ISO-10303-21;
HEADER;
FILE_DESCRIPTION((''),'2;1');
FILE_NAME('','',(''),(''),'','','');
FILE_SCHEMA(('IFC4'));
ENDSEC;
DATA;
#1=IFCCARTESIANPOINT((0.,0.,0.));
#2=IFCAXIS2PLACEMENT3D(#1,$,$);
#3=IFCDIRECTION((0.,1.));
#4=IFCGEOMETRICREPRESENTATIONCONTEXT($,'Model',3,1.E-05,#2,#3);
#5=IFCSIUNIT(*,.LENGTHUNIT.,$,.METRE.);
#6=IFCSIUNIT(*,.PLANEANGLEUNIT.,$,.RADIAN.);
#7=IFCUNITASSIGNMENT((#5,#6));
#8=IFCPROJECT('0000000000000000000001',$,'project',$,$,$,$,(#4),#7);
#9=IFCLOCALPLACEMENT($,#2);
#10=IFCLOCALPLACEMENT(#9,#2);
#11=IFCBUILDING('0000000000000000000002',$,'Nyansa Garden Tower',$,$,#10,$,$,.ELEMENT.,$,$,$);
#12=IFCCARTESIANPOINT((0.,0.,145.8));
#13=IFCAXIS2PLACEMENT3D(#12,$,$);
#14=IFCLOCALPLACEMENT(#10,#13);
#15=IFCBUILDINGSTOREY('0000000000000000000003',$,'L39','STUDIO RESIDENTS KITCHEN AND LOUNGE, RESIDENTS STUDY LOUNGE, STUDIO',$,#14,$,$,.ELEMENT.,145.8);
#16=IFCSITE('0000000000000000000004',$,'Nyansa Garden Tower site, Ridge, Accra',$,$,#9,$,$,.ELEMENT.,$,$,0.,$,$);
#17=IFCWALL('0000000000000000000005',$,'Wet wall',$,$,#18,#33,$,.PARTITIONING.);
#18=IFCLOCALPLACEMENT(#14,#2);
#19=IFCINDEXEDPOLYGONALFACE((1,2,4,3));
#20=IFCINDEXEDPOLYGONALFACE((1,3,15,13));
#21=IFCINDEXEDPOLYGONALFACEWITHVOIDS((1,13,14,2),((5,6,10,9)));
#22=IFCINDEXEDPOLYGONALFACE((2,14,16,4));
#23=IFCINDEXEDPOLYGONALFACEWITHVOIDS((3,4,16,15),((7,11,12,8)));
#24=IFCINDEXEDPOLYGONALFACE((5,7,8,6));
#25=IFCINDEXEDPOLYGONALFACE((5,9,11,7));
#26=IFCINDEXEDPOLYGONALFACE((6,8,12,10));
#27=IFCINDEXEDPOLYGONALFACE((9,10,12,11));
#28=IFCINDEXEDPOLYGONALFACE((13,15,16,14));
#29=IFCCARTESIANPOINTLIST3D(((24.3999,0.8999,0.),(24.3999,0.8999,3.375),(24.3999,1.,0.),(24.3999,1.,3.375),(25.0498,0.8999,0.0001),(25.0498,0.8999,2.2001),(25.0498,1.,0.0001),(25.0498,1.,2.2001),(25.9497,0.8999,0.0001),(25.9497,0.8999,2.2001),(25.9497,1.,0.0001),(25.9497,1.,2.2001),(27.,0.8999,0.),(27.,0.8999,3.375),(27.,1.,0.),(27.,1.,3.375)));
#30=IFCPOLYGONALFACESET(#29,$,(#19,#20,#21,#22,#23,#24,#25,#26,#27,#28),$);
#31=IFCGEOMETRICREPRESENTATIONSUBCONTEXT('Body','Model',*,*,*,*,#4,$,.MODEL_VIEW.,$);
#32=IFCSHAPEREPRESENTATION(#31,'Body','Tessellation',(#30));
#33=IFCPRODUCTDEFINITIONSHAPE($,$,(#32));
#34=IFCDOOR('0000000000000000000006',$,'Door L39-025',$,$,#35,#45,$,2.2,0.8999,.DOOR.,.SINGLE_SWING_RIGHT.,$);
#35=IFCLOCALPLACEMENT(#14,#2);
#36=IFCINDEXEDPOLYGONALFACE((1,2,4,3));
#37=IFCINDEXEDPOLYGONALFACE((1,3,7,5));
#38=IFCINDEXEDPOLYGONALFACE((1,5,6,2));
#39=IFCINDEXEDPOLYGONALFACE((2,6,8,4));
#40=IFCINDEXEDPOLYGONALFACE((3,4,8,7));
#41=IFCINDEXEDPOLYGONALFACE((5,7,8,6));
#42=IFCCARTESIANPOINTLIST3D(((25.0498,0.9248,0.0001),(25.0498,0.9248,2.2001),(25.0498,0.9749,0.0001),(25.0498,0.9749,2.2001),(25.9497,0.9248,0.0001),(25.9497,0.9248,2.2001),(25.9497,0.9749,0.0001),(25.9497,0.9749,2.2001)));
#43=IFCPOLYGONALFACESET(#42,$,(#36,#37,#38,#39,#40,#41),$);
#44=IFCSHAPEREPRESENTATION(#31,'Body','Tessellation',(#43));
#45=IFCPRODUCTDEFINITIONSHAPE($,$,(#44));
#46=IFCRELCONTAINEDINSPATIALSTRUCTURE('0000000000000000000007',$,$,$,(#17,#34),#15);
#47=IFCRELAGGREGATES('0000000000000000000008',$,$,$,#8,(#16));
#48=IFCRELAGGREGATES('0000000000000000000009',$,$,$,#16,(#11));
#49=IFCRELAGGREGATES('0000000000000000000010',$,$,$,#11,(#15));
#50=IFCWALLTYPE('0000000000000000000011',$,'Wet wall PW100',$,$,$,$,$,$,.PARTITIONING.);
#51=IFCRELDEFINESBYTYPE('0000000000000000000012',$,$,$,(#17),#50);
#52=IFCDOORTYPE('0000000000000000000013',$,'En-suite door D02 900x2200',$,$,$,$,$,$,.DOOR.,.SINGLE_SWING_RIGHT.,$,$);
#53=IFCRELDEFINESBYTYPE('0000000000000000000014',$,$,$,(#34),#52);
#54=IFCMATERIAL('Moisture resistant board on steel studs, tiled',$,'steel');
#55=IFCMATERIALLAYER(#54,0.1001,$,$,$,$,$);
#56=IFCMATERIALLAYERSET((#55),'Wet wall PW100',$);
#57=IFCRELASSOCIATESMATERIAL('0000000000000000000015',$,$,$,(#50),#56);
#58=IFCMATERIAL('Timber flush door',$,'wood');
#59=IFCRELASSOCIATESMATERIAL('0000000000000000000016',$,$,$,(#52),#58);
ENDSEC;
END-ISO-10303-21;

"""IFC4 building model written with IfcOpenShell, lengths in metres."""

from ifc_helpers import new_model, si_unit, direction, frame, frame_2d, origin, place, context, subcontext, project, spatial, rectangle, extrude, material, layer, layer_set, type_object, element, fill, save


model = new_model("IFC4")

# Units and contexts
model_context = context("Model", 3, precision=1e-05, world=origin(), true_north=direction((0.0, 1.0)))
body_context = subcontext(model_context, "Body", "Model", "MODEL_VIEW")
ifc_project = project(units=[si_unit("LENGTHUNIT", "METRE"), si_unit("PLANEANGLEUNIT", "RADIAN")], contexts=[model_context])

# Site, building, storey
site_placement = place(None, origin())
site = spatial("IfcSite", under=ifc_project, at=site_placement, Name="Nyansa Garden Tower site, Ridge, Accra", CompositionType="ELEMENT", RefElevation=0.0)
building_placement = place(site_placement, origin())
building = spatial("IfcBuilding", under=site, at=building_placement, Name="Nyansa Garden Tower", CompositionType="ELEMENT")
storey_placement = place(building_placement, frame((0.0, 0.0, 145.8)))
storey = spatial("IfcBuildingStorey", under=building, at=storey_placement, Name="L39", Description="STUDIO RESIDENTS KITCHEN AND LOUNGE, RESIDENTS STUDY LOUNGE, STUDIO", CompositionType="ELEMENT", Elevation=145.8)

# Shared definitions
ifc_material_1 = material(Name="Moisture resistant board on steel studs, tiled", Category="steel")
ifc_layer_1 = layer(ifc_material_1, 0.1001)
ifc_layer_set_1 = layer_set([ifc_layer_1], Name="Wet wall PW100")
wall_type_1 = type_object("IfcWallType", Name="Wet wall PW100", PredefinedType="PARTITIONING", material=ifc_layer_set_1)

# Wall, opening, door
wall_1_placement = place(storey_placement, frame((24.3999, 0.95, 0.0), z_axis=(0.0, 0.0, 1.0), x_axis=(1.0, 0.0, 0.0)))
wall_1 = element("IfcWall", 1, at=wall_1_placement, inside=storey, type_object=wall_type_1, Name="Wet wall", PredefinedType="PARTITIONING", context=body_context, shape_type="SweptSolid", body=[
    extrude(rectangle(XDim=2.6001, YDim=0.1001, at=frame_2d((1.3, 0.0))), origin(), (0.0, 0.0, 1.0), 3.375),
])
opening_placement = place(wall_1_placement, frame((0.6499, 0.0, 0.0)))
opening = element("IfcOpeningElement", 2, at=opening_placement, cuts=wall_1, PredefinedType="OPENING", context=body_context, shape_type="SweptSolid", body=[
    extrude(rectangle(XDim=0.8999, YDim=2.2, at=frame_2d((0.45, 1.1001))), frame((0.0, 0.0601, 0.0), z_axis=(0.0, -1.0, 0.0), x_axis=(1.0, 0.0, 0.0)), (0.0, 0.0, 1.0), 0.1201),
])
ifc_material_2 = material(Name="Timber flush door", Category="wood")
door_type = type_object("IfcDoorType", Name="En-suite door D02 900x2200", OperationType="SINGLE_SWING_RIGHT", PredefinedType="DOOR", material=ifc_material_2)
door_placement = place(opening_placement, origin())
door = element("IfcDoor", 3, at=door_placement, inside=storey, type_object=door_type, Name="Door L39-025", OperationType="SINGLE_SWING_RIGHT", OverallHeight=2.2, OverallWidth=0.8999, PredefinedType="DOOR", context=body_context, shape_type="SweptSolid", body=[
    extrude(rectangle(XDim=0.8999, YDim=2.2, at=frame_2d((0.45, 1.1001))), frame((0.0, 0.0249, 0.0), z_axis=(0.0, -1.0, 0.0), x_axis=(1.0, 0.0, 0.0)), (0.0, 0.0, 1.0), 0.05),
])
fill(opening, door)

save(model, "model.ifc")
